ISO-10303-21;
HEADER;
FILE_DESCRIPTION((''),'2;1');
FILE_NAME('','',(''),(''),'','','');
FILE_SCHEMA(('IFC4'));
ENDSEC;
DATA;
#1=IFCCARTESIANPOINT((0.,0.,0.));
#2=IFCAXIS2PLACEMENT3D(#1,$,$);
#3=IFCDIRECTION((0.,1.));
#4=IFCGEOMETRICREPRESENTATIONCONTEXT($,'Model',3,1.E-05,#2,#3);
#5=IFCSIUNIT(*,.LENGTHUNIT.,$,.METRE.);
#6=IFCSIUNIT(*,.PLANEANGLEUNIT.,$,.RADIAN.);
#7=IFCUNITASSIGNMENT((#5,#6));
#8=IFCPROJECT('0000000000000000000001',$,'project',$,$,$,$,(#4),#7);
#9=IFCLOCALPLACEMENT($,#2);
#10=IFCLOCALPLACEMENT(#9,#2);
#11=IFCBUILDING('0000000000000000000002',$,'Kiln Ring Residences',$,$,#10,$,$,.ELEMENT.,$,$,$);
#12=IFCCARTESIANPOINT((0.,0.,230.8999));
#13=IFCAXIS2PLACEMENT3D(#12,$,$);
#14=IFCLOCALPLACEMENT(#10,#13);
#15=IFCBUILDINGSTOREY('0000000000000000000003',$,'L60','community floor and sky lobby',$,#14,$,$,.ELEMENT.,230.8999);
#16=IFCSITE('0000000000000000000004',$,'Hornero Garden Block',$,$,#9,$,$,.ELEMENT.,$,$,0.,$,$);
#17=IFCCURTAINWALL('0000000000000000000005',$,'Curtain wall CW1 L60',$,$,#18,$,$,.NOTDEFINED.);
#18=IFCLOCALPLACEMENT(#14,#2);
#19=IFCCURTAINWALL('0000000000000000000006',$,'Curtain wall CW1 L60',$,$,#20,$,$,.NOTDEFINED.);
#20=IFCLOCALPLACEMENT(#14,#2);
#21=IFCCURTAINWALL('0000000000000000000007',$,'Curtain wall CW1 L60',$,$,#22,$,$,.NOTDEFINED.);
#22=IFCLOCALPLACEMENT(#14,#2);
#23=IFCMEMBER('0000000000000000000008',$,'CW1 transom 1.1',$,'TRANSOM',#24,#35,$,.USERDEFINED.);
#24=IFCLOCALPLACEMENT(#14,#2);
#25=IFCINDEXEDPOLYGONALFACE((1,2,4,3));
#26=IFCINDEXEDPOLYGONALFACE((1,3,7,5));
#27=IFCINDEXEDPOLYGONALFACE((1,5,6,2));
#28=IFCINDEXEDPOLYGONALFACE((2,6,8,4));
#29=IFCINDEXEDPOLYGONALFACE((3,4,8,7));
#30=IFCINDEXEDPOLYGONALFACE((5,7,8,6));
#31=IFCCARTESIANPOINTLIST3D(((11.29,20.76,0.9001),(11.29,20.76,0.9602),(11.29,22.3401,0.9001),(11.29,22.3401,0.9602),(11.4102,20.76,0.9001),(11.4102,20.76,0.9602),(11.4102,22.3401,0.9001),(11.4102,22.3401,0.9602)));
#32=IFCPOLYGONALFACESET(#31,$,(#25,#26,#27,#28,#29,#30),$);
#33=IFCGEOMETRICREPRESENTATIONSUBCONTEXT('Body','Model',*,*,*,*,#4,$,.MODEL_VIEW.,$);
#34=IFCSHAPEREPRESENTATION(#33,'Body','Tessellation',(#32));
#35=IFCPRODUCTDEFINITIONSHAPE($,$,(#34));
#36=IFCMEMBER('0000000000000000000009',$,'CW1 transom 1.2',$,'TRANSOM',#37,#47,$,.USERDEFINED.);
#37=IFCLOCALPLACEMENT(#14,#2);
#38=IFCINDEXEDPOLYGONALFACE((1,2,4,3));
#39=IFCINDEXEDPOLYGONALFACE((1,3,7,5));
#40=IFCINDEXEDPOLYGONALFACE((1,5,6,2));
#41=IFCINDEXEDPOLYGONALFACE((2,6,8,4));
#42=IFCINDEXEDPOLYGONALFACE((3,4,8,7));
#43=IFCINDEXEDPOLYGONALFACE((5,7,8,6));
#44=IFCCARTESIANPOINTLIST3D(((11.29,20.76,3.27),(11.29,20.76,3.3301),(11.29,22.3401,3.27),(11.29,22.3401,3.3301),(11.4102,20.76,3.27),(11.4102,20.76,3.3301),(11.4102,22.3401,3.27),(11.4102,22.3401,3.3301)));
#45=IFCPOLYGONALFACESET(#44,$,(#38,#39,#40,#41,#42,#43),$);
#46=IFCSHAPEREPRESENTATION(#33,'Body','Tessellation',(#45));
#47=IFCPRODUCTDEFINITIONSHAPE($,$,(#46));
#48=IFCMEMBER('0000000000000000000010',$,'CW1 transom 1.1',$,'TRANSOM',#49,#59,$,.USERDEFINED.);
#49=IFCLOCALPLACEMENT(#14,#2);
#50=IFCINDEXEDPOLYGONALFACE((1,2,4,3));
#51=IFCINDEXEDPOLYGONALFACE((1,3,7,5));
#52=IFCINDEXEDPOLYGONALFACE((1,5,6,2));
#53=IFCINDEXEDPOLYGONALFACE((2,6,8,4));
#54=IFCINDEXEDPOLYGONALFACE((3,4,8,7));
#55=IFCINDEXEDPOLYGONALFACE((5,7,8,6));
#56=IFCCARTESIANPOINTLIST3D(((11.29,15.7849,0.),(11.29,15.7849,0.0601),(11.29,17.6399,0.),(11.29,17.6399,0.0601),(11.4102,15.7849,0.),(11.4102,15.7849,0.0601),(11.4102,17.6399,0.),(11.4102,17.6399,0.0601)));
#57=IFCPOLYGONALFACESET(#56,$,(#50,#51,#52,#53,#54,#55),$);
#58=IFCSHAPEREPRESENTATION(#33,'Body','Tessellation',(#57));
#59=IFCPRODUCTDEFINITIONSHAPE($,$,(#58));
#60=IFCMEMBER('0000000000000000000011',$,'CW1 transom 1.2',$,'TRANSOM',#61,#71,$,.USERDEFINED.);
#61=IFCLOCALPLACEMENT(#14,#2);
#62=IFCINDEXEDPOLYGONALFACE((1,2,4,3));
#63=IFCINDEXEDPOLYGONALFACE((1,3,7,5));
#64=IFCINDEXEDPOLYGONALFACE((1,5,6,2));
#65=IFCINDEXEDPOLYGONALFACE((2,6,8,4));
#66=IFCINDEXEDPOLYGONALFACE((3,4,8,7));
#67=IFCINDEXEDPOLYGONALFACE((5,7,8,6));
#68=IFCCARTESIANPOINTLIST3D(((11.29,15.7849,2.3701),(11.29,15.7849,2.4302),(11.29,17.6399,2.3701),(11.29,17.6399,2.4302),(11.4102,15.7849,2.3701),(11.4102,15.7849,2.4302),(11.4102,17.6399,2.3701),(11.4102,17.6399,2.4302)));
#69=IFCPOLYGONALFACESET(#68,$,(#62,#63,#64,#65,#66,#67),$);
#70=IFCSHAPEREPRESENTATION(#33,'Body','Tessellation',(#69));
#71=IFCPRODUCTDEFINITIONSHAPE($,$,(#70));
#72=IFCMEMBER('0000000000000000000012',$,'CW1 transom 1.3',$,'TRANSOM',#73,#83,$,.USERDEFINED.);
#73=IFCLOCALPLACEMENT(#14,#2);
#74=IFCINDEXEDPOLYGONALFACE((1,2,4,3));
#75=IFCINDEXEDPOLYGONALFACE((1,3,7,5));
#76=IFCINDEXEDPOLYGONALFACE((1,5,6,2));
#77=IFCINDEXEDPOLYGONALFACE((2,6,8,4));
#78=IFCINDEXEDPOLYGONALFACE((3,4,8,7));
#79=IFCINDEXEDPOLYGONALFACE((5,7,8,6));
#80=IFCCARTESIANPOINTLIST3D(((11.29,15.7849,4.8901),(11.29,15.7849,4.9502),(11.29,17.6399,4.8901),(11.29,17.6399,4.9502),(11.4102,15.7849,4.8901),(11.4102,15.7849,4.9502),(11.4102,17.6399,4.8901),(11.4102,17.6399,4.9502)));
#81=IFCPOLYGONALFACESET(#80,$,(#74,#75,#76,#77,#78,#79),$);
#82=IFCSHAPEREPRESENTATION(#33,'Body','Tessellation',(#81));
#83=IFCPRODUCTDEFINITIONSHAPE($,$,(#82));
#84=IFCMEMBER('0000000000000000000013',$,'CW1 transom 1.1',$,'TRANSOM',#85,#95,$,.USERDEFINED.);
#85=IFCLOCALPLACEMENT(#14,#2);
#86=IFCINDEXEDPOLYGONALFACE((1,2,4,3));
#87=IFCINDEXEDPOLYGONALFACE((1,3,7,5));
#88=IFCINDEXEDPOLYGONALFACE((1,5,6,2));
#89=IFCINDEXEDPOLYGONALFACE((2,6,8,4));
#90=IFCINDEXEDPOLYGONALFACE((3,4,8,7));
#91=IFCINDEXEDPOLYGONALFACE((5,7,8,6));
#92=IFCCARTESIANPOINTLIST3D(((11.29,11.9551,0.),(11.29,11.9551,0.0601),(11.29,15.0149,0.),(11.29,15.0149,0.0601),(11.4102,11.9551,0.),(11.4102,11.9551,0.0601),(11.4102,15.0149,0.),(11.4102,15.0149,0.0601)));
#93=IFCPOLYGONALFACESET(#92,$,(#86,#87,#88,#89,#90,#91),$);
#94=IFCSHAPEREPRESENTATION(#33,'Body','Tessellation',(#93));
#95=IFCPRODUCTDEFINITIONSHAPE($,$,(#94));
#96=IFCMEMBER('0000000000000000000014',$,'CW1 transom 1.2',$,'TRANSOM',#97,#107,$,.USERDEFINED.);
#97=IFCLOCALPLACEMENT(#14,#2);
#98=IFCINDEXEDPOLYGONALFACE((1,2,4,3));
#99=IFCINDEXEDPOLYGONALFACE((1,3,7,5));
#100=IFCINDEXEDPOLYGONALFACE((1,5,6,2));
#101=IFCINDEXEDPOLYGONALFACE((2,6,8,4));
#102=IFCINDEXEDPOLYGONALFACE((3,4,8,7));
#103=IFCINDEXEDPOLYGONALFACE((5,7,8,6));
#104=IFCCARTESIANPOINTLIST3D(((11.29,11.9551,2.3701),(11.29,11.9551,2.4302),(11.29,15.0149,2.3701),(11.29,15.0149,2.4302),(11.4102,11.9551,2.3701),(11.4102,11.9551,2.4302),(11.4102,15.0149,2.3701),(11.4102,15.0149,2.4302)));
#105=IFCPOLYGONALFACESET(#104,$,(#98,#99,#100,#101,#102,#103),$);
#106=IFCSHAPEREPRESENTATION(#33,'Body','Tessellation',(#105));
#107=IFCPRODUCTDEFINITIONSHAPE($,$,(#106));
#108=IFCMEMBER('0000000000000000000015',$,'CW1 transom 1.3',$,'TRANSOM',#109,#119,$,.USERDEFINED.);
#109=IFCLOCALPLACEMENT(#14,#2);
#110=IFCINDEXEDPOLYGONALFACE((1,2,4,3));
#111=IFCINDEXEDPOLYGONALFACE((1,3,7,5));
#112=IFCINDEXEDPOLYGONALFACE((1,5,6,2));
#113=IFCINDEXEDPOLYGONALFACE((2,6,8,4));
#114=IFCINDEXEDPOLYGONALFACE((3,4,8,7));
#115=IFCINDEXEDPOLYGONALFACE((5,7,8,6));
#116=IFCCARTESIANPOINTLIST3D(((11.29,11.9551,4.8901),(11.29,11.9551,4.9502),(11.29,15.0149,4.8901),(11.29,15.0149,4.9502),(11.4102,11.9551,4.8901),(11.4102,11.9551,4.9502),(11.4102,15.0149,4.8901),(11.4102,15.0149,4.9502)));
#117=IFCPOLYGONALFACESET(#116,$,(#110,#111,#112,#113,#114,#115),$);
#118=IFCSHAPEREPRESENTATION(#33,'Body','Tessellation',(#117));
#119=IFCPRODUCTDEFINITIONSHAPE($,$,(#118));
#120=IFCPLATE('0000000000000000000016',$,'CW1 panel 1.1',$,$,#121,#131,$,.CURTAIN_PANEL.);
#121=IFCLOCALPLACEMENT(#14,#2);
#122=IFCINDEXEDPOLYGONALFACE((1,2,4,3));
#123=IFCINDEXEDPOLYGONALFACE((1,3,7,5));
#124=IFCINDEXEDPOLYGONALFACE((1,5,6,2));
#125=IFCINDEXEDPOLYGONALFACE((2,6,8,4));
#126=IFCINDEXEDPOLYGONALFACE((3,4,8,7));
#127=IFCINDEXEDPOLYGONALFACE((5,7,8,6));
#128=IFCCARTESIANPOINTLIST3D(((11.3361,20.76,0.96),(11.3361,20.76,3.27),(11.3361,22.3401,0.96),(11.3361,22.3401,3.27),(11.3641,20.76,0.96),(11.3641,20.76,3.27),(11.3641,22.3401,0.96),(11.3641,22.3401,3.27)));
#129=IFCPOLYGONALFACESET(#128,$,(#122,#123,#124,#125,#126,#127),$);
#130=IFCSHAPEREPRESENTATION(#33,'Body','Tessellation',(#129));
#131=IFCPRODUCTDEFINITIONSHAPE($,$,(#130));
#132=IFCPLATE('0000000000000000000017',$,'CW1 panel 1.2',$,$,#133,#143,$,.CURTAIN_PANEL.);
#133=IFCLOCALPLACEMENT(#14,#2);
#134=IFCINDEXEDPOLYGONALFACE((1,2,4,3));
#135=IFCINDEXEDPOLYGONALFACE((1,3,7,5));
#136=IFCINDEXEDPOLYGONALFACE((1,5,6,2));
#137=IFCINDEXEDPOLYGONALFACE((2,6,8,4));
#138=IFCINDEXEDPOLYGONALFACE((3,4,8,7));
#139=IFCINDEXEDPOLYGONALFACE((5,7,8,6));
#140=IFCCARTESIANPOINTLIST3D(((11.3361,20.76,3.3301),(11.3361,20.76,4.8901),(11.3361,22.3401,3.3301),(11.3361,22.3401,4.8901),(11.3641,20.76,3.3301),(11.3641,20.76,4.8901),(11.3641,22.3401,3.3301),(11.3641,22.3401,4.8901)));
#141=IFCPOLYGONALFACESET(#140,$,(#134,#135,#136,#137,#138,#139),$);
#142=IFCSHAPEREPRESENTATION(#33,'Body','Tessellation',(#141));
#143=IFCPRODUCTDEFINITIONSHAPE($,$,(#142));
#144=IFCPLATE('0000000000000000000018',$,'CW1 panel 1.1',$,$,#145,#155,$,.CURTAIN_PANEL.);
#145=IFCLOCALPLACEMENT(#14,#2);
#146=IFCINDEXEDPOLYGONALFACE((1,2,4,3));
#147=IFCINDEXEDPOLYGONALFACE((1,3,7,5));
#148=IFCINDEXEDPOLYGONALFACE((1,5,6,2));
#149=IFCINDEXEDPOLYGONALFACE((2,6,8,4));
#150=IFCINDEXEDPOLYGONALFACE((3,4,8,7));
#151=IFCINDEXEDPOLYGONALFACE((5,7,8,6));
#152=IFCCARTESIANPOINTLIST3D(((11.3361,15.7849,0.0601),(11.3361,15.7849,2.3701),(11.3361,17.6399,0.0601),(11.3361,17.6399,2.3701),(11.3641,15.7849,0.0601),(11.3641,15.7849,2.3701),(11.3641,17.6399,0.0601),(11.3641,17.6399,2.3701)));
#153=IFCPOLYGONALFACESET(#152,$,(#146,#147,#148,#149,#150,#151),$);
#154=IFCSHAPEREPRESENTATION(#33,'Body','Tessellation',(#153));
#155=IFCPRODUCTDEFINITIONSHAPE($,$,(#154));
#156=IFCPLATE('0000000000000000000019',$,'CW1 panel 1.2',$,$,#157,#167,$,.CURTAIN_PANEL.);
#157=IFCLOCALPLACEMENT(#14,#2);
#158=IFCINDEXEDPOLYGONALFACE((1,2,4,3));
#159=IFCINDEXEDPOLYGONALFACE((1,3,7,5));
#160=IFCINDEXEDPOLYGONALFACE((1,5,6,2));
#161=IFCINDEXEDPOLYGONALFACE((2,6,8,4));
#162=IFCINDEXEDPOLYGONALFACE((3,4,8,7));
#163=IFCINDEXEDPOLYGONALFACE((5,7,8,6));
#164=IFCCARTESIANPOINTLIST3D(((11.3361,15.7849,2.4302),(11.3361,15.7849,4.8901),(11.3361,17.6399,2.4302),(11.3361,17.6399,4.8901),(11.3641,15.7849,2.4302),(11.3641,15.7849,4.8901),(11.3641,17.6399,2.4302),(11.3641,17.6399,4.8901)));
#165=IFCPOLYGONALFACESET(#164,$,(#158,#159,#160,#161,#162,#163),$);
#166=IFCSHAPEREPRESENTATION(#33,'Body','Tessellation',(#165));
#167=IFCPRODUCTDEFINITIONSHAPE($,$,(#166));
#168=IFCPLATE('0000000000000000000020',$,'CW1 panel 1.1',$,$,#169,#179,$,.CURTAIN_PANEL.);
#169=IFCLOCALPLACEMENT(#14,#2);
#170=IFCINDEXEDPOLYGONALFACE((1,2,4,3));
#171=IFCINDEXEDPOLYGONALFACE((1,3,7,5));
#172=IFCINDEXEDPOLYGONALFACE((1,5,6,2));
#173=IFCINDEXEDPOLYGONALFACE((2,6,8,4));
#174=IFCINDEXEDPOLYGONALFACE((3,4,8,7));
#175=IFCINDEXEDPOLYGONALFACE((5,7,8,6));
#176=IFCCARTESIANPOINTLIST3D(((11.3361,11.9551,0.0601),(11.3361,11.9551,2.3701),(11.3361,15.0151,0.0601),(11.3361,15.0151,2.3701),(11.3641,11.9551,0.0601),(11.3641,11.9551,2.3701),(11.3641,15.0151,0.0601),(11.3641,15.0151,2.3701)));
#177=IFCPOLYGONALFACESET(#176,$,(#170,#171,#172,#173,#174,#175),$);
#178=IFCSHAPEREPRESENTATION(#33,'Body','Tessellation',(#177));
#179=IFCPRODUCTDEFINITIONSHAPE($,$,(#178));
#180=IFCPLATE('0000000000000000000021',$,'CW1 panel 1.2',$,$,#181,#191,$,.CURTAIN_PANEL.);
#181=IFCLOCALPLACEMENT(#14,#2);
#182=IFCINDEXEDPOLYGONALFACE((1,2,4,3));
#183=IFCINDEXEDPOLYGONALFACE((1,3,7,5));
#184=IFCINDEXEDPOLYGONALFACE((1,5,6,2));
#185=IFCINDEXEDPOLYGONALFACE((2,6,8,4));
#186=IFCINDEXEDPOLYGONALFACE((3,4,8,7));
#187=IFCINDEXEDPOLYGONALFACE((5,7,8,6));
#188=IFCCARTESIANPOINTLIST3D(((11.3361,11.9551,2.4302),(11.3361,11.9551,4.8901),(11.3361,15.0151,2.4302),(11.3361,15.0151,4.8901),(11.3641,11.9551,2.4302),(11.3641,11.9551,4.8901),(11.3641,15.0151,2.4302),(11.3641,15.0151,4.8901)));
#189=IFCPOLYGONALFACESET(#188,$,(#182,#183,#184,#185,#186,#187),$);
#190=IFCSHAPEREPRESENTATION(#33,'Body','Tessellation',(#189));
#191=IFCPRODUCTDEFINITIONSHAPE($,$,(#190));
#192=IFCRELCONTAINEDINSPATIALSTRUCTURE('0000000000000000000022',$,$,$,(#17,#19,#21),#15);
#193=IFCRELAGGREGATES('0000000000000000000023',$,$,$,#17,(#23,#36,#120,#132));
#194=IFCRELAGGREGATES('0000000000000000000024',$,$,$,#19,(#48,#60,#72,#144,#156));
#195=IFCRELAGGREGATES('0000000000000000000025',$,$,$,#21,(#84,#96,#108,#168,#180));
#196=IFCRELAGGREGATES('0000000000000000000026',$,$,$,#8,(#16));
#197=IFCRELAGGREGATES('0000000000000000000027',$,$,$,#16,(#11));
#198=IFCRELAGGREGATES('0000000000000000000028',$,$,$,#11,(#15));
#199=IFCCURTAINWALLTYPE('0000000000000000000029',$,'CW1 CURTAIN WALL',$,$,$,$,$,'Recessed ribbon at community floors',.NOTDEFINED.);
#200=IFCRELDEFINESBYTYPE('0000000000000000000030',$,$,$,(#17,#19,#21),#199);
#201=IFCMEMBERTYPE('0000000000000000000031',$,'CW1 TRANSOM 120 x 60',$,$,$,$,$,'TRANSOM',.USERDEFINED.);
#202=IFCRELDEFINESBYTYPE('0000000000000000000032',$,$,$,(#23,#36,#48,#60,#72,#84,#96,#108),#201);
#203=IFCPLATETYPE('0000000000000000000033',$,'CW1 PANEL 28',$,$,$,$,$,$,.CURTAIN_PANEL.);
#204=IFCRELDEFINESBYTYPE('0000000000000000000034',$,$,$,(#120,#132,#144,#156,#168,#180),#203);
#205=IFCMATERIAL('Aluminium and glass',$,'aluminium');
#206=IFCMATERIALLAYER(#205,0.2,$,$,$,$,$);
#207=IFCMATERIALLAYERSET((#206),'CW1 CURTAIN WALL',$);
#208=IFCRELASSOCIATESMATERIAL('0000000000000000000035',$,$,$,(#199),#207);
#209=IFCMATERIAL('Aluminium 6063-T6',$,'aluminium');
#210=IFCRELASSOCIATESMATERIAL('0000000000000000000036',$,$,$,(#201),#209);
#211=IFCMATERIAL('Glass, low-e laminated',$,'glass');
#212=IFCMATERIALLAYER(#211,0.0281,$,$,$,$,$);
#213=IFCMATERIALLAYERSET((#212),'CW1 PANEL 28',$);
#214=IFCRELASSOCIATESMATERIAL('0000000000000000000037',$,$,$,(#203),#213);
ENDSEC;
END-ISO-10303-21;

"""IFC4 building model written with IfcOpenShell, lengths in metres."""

from ifc_helpers import new_model, si_unit, direction, frame, origin, origin_2d, place, context, subcontext, project, spatial, rectangle, extrude, material, layer, layer_set, material_profile, profile_set, type_object, element, aggregate, save


model = new_model("IFC4")

# Units and contexts
model_context = context("Model", 3, precision=1e-05, world=origin(), true_north=direction((0.0, 1.0)))
body_context = subcontext(model_context, "Body", "Model", "MODEL_VIEW")
ifc_project = project(units=[si_unit("LENGTHUNIT", "METRE"), si_unit("PLANEANGLEUNIT", "RADIAN")], contexts=[model_context])

# Site, building, storey
site_placement = place(None, origin())
site = spatial("IfcSite", under=ifc_project, at=site_placement, Name="Hornero Garden Block", CompositionType="ELEMENT", RefElevation=0.0)
building_placement = place(site_placement, origin())
building = spatial("IfcBuilding", under=site, at=building_placement, Name="Kiln Ring Residences", CompositionType="ELEMENT")
storey_placement = place(building_placement, frame((0.0, 0.0, 230.8999)))
storey = spatial("IfcBuildingStorey", under=building, at=storey_placement, Name="L60", Description="community floor and sky lobby", CompositionType="ELEMENT", Elevation=230.8999)

# Curtain wall
ifc_material_1 = material(Name="Aluminium and glass", Category="aluminium")
ifc_layer_1 = layer(ifc_material_1, 0.2)
ifc_layer_set_1 = layer_set([ifc_layer_1], Name="CW1 CURTAIN WALL")
curtain_wall_type = type_object("IfcCurtainWallType", Name="CW1 CURTAIN WALL", ElementType="Recessed ribbon at community floors", PredefinedType="NOTDEFINED", material=ifc_layer_set_1)
placement = place(storey_placement, origin())
curtain_wall_1 = element("IfcCurtainWall", 1, at=placement, inside=storey, type_object=curtain_wall_type, Name="Curtain wall CW1 L60", PredefinedType="NOTDEFINED")

# Curtain walls
curtain_wall_2 = element("IfcCurtainWall", 2, at=placement, inside=storey, type_object=curtain_wall_type, Name="Curtain wall CW1 L60", PredefinedType="NOTDEFINED")
curtain_wall_3 = element("IfcCurtainWall", 3, at=placement, inside=storey, type_object=curtain_wall_type, Name="Curtain wall CW1 L60", PredefinedType="NOTDEFINED")

# Members
ifc_material_2 = material(Name="Aluminium 6063-T6", Category="aluminium")
ifc_material_profile_1 = material_profile(ifc_material_2, rectangle(XDim=0.1201, YDim=0.0601, at=origin_2d()), Name="AL 120x60")
ifc_profile_set_1 = profile_set([ifc_material_profile_1], Name="Aluminium 6063-T6")
member_type_1 = type_object("IfcMemberType", Name="CW1 TRANSOM 120 x 60", ElementType="TRANSOM", PredefinedType="USERDEFINED", material=ifc_profile_set_1)
member_1_placement = place(storey_placement, frame((11.3501, 22.3401, 0.9302), z_axis=(0.0, -1.0, 0.0), x_axis=(1.0, 0.0, 0.0)))
member_1 = element("IfcMember", 4, at=member_1_placement, type_object=member_type_1, Name="CW1 transom 1.1", ObjectType="TRANSOM", PredefinedType="USERDEFINED", context=body_context, shape_type="SweptSolid", body=[
    extrude(rectangle(XDim=0.1201, YDim=0.0601, at=origin_2d()), origin(), (0.0, 0.0, 1.0), 1.5801),
])
member_2_placement = place(storey_placement, frame((11.3501, 22.3401, 3.3), z_axis=(0.0, -1.0, 0.0), x_axis=(1.0, 0.0, 0.0)))
member_2 = element("IfcMember", 5, at=member_2_placement, type_object=member_type_1, Name="CW1 transom 1.2", ObjectType="TRANSOM", PredefinedType="USERDEFINED", context=body_context, shape_type="SweptSolid", body=[
    extrude(rectangle(XDim=0.1201, YDim=0.0601, at=origin_2d()), origin(), (0.0, 0.0, 1.0), 1.5801),
])
member_3_placement = place(storey_placement, frame((11.3501, 17.6399, 0.03), z_axis=(0.0, -1.0, 0.0), x_axis=(1.0, 0.0, 0.0)))
member_3 = element("IfcMember", 6, at=member_3_placement, type_object=member_type_1, Name="CW1 transom 1.1", ObjectType="TRANSOM", PredefinedType="USERDEFINED", context=body_context, shape_type="SweptSolid", body=[
    extrude(rectangle(XDim=0.1201, YDim=0.0601, at=origin_2d()), origin(), (0.0, 0.0, 1.0), 1.855),
])
member_4_placement = place(storey_placement, frame((11.3501, 17.6399, 2.4001), z_axis=(0.0, -1.0, 0.0), x_axis=(1.0, 0.0, 0.0)))
member_4 = element("IfcMember", 7, at=member_4_placement, type_object=member_type_1, Name="CW1 transom 1.2", ObjectType="TRANSOM", PredefinedType="USERDEFINED", context=body_context, shape_type="SweptSolid", body=[
    extrude(rectangle(XDim=0.1201, YDim=0.0601, at=origin_2d()), origin(), (0.0, 0.0, 1.0), 1.855),
])
member_5_placement = place(storey_placement, frame((11.3501, 17.6399, 4.9202), z_axis=(0.0, -1.0, 0.0), x_axis=(1.0, 0.0, 0.0)))
member_5 = element("IfcMember", 8, at=member_5_placement, type_object=member_type_1, Name="CW1 transom 1.3", ObjectType="TRANSOM", PredefinedType="USERDEFINED", context=body_context, shape_type="SweptSolid", body=[
    extrude(rectangle(XDim=0.1201, YDim=0.0601, at=origin_2d()), origin(), (0.0, 0.0, 1.0), 1.855),
])
member_6_placement = place(storey_placement, frame((11.3501, 15.0149, 0.03), z_axis=(0.0, -1.0, 0.0), x_axis=(1.0, 0.0, 0.0)))
member_6 = element("IfcMember", 9, at=member_6_placement, type_object=member_type_1, Name="CW1 transom 1.1", ObjectType="TRANSOM", PredefinedType="USERDEFINED", context=body_context, shape_type="SweptSolid", body=[
    extrude(rectangle(XDim=0.1201, YDim=0.0601, at=origin_2d()), origin(), (0.0, 0.0, 1.0), 3.0598),
])
member_7_placement = place(storey_placement, frame((11.3501, 15.0149, 2.4001), z_axis=(0.0, -1.0, 0.0), x_axis=(1.0, 0.0, 0.0)))
member_7 = element("IfcMember", 10, at=member_7_placement, type_object=member_type_1, Name="CW1 transom 1.2", ObjectType="TRANSOM", PredefinedType="USERDEFINED", context=body_context, shape_type="SweptSolid", body=[
    extrude(rectangle(XDim=0.1201, YDim=0.0601, at=origin_2d()), origin(), (0.0, 0.0, 1.0), 3.0598),
])
member_8_placement = place(storey_placement, frame((11.3501, 15.0149, 4.9202), z_axis=(0.0, -1.0, 0.0), x_axis=(1.0, 0.0, 0.0)))
member_8 = element("IfcMember", 11, at=member_8_placement, type_object=member_type_1, Name="CW1 transom 1.3", ObjectType="TRANSOM", PredefinedType="USERDEFINED", context=body_context, shape_type="SweptSolid", body=[
    extrude(rectangle(XDim=0.1201, YDim=0.0601, at=origin_2d()), origin(), (0.0, 0.0, 1.0), 3.0598),
])

# Plates
ifc_material_3 = material(Name="Glass, low-e laminated", Category="glass")
ifc_layer_2 = layer(ifc_material_3, 0.0281)
ifc_layer_set_2 = layer_set([ifc_layer_2], Name="CW1 PANEL 28")
plate_type = type_object("IfcPlateType", Name="CW1 PANEL 28", PredefinedType="CURTAIN_PANEL", material=ifc_layer_set_2)
plate_1_placement = place(storey_placement, frame((11.3501, 21.55, 0.96), z_axis=(0.0, 0.0, 1.0), x_axis=(0.0, -1.0, 0.0)))
plate_1 = element("IfcPlate", 12, at=plate_1_placement, type_object=plate_type, Name="CW1 panel 1.1", PredefinedType="CURTAIN_PANEL", context=body_context, shape_type="SweptSolid", body=[
    extrude(rectangle(XDim=1.5801, YDim=0.0281, at=origin_2d()), origin(), (0.0, 0.0, 1.0), 2.3101),
])
plate_2_placement = place(storey_placement, frame((11.3501, 21.55, 3.3301), z_axis=(0.0, 0.0, 1.0), x_axis=(0.0, -1.0, 0.0)))
plate_2 = element("IfcPlate", 13, at=plate_2_placement, type_object=plate_type, Name="CW1 panel 1.2", PredefinedType="CURTAIN_PANEL", context=body_context, shape_type="SweptSolid", body=[
    extrude(rectangle(XDim=1.5801, YDim=0.0281, at=origin_2d()), origin(), (0.0, 0.0, 1.0), 1.5601),
])
aggregate(curtain_wall_1, [member_1, member_2, plate_1, plate_2])
plate_3_placement = place(storey_placement, frame((11.3501, 16.7124, 0.0601), z_axis=(0.0, 0.0, 1.0), x_axis=(0.0, -1.0, 0.0)))
plate_3 = element("IfcPlate", 14, at=plate_3_placement, type_object=plate_type, Name="CW1 panel 1.1", PredefinedType="CURTAIN_PANEL", context=body_context, shape_type="SweptSolid", body=[
    extrude(rectangle(XDim=1.855, YDim=0.0281, at=origin_2d()), origin(), (0.0, 0.0, 1.0), 2.3101),
])
plate_4_placement = place(storey_placement, frame((11.3501, 16.7124, 2.4302), z_axis=(0.0, 0.0, 1.0), x_axis=(0.0, -1.0, 0.0)))
plate_4 = element("IfcPlate", 15, at=plate_4_placement, type_object=plate_type, Name="CW1 panel 1.2", PredefinedType="CURTAIN_PANEL", context=body_context, shape_type="SweptSolid", body=[
    extrude(rectangle(XDim=1.855, YDim=0.0281, at=origin_2d()), origin(), (0.0, 0.0, 1.0), 2.46),
])
aggregate(curtain_wall_2, [member_3, member_4, member_5, plate_3, plate_4])
plate_5_placement = place(storey_placement, frame((11.3501, 13.4851, 0.0601), z_axis=(0.0, 0.0, 1.0), x_axis=(0.0, -1.0, 0.0)))
plate_5 = element("IfcPlate", 16, at=plate_5_placement, type_object=plate_type, Name="CW1 panel 1.1", PredefinedType="CURTAIN_PANEL", context=body_context, shape_type="SweptSolid", body=[
    extrude(rectangle(XDim=3.0601, YDim=0.0281, at=origin_2d()), origin(), (0.0, 0.0, 1.0), 2.3101),
])
plate_6_placement = place(storey_placement, frame((11.3501, 13.4851, 2.4302), z_axis=(0.0, 0.0, 1.0), x_axis=(0.0, -1.0, 0.0)))
plate_6 = element("IfcPlate", 17, at=plate_6_placement, type_object=plate_type, Name="CW1 panel 1.2", PredefinedType="CURTAIN_PANEL", context=body_context, shape_type="SweptSolid", body=[
    extrude(rectangle(XDim=3.0601, YDim=0.0281, at=origin_2d()), origin(), (0.0, 0.0, 1.0), 2.46),
])
aggregate(curtain_wall_3, [member_6, member_7, member_8, plate_5, plate_6])

save(model, "model.ifc")
